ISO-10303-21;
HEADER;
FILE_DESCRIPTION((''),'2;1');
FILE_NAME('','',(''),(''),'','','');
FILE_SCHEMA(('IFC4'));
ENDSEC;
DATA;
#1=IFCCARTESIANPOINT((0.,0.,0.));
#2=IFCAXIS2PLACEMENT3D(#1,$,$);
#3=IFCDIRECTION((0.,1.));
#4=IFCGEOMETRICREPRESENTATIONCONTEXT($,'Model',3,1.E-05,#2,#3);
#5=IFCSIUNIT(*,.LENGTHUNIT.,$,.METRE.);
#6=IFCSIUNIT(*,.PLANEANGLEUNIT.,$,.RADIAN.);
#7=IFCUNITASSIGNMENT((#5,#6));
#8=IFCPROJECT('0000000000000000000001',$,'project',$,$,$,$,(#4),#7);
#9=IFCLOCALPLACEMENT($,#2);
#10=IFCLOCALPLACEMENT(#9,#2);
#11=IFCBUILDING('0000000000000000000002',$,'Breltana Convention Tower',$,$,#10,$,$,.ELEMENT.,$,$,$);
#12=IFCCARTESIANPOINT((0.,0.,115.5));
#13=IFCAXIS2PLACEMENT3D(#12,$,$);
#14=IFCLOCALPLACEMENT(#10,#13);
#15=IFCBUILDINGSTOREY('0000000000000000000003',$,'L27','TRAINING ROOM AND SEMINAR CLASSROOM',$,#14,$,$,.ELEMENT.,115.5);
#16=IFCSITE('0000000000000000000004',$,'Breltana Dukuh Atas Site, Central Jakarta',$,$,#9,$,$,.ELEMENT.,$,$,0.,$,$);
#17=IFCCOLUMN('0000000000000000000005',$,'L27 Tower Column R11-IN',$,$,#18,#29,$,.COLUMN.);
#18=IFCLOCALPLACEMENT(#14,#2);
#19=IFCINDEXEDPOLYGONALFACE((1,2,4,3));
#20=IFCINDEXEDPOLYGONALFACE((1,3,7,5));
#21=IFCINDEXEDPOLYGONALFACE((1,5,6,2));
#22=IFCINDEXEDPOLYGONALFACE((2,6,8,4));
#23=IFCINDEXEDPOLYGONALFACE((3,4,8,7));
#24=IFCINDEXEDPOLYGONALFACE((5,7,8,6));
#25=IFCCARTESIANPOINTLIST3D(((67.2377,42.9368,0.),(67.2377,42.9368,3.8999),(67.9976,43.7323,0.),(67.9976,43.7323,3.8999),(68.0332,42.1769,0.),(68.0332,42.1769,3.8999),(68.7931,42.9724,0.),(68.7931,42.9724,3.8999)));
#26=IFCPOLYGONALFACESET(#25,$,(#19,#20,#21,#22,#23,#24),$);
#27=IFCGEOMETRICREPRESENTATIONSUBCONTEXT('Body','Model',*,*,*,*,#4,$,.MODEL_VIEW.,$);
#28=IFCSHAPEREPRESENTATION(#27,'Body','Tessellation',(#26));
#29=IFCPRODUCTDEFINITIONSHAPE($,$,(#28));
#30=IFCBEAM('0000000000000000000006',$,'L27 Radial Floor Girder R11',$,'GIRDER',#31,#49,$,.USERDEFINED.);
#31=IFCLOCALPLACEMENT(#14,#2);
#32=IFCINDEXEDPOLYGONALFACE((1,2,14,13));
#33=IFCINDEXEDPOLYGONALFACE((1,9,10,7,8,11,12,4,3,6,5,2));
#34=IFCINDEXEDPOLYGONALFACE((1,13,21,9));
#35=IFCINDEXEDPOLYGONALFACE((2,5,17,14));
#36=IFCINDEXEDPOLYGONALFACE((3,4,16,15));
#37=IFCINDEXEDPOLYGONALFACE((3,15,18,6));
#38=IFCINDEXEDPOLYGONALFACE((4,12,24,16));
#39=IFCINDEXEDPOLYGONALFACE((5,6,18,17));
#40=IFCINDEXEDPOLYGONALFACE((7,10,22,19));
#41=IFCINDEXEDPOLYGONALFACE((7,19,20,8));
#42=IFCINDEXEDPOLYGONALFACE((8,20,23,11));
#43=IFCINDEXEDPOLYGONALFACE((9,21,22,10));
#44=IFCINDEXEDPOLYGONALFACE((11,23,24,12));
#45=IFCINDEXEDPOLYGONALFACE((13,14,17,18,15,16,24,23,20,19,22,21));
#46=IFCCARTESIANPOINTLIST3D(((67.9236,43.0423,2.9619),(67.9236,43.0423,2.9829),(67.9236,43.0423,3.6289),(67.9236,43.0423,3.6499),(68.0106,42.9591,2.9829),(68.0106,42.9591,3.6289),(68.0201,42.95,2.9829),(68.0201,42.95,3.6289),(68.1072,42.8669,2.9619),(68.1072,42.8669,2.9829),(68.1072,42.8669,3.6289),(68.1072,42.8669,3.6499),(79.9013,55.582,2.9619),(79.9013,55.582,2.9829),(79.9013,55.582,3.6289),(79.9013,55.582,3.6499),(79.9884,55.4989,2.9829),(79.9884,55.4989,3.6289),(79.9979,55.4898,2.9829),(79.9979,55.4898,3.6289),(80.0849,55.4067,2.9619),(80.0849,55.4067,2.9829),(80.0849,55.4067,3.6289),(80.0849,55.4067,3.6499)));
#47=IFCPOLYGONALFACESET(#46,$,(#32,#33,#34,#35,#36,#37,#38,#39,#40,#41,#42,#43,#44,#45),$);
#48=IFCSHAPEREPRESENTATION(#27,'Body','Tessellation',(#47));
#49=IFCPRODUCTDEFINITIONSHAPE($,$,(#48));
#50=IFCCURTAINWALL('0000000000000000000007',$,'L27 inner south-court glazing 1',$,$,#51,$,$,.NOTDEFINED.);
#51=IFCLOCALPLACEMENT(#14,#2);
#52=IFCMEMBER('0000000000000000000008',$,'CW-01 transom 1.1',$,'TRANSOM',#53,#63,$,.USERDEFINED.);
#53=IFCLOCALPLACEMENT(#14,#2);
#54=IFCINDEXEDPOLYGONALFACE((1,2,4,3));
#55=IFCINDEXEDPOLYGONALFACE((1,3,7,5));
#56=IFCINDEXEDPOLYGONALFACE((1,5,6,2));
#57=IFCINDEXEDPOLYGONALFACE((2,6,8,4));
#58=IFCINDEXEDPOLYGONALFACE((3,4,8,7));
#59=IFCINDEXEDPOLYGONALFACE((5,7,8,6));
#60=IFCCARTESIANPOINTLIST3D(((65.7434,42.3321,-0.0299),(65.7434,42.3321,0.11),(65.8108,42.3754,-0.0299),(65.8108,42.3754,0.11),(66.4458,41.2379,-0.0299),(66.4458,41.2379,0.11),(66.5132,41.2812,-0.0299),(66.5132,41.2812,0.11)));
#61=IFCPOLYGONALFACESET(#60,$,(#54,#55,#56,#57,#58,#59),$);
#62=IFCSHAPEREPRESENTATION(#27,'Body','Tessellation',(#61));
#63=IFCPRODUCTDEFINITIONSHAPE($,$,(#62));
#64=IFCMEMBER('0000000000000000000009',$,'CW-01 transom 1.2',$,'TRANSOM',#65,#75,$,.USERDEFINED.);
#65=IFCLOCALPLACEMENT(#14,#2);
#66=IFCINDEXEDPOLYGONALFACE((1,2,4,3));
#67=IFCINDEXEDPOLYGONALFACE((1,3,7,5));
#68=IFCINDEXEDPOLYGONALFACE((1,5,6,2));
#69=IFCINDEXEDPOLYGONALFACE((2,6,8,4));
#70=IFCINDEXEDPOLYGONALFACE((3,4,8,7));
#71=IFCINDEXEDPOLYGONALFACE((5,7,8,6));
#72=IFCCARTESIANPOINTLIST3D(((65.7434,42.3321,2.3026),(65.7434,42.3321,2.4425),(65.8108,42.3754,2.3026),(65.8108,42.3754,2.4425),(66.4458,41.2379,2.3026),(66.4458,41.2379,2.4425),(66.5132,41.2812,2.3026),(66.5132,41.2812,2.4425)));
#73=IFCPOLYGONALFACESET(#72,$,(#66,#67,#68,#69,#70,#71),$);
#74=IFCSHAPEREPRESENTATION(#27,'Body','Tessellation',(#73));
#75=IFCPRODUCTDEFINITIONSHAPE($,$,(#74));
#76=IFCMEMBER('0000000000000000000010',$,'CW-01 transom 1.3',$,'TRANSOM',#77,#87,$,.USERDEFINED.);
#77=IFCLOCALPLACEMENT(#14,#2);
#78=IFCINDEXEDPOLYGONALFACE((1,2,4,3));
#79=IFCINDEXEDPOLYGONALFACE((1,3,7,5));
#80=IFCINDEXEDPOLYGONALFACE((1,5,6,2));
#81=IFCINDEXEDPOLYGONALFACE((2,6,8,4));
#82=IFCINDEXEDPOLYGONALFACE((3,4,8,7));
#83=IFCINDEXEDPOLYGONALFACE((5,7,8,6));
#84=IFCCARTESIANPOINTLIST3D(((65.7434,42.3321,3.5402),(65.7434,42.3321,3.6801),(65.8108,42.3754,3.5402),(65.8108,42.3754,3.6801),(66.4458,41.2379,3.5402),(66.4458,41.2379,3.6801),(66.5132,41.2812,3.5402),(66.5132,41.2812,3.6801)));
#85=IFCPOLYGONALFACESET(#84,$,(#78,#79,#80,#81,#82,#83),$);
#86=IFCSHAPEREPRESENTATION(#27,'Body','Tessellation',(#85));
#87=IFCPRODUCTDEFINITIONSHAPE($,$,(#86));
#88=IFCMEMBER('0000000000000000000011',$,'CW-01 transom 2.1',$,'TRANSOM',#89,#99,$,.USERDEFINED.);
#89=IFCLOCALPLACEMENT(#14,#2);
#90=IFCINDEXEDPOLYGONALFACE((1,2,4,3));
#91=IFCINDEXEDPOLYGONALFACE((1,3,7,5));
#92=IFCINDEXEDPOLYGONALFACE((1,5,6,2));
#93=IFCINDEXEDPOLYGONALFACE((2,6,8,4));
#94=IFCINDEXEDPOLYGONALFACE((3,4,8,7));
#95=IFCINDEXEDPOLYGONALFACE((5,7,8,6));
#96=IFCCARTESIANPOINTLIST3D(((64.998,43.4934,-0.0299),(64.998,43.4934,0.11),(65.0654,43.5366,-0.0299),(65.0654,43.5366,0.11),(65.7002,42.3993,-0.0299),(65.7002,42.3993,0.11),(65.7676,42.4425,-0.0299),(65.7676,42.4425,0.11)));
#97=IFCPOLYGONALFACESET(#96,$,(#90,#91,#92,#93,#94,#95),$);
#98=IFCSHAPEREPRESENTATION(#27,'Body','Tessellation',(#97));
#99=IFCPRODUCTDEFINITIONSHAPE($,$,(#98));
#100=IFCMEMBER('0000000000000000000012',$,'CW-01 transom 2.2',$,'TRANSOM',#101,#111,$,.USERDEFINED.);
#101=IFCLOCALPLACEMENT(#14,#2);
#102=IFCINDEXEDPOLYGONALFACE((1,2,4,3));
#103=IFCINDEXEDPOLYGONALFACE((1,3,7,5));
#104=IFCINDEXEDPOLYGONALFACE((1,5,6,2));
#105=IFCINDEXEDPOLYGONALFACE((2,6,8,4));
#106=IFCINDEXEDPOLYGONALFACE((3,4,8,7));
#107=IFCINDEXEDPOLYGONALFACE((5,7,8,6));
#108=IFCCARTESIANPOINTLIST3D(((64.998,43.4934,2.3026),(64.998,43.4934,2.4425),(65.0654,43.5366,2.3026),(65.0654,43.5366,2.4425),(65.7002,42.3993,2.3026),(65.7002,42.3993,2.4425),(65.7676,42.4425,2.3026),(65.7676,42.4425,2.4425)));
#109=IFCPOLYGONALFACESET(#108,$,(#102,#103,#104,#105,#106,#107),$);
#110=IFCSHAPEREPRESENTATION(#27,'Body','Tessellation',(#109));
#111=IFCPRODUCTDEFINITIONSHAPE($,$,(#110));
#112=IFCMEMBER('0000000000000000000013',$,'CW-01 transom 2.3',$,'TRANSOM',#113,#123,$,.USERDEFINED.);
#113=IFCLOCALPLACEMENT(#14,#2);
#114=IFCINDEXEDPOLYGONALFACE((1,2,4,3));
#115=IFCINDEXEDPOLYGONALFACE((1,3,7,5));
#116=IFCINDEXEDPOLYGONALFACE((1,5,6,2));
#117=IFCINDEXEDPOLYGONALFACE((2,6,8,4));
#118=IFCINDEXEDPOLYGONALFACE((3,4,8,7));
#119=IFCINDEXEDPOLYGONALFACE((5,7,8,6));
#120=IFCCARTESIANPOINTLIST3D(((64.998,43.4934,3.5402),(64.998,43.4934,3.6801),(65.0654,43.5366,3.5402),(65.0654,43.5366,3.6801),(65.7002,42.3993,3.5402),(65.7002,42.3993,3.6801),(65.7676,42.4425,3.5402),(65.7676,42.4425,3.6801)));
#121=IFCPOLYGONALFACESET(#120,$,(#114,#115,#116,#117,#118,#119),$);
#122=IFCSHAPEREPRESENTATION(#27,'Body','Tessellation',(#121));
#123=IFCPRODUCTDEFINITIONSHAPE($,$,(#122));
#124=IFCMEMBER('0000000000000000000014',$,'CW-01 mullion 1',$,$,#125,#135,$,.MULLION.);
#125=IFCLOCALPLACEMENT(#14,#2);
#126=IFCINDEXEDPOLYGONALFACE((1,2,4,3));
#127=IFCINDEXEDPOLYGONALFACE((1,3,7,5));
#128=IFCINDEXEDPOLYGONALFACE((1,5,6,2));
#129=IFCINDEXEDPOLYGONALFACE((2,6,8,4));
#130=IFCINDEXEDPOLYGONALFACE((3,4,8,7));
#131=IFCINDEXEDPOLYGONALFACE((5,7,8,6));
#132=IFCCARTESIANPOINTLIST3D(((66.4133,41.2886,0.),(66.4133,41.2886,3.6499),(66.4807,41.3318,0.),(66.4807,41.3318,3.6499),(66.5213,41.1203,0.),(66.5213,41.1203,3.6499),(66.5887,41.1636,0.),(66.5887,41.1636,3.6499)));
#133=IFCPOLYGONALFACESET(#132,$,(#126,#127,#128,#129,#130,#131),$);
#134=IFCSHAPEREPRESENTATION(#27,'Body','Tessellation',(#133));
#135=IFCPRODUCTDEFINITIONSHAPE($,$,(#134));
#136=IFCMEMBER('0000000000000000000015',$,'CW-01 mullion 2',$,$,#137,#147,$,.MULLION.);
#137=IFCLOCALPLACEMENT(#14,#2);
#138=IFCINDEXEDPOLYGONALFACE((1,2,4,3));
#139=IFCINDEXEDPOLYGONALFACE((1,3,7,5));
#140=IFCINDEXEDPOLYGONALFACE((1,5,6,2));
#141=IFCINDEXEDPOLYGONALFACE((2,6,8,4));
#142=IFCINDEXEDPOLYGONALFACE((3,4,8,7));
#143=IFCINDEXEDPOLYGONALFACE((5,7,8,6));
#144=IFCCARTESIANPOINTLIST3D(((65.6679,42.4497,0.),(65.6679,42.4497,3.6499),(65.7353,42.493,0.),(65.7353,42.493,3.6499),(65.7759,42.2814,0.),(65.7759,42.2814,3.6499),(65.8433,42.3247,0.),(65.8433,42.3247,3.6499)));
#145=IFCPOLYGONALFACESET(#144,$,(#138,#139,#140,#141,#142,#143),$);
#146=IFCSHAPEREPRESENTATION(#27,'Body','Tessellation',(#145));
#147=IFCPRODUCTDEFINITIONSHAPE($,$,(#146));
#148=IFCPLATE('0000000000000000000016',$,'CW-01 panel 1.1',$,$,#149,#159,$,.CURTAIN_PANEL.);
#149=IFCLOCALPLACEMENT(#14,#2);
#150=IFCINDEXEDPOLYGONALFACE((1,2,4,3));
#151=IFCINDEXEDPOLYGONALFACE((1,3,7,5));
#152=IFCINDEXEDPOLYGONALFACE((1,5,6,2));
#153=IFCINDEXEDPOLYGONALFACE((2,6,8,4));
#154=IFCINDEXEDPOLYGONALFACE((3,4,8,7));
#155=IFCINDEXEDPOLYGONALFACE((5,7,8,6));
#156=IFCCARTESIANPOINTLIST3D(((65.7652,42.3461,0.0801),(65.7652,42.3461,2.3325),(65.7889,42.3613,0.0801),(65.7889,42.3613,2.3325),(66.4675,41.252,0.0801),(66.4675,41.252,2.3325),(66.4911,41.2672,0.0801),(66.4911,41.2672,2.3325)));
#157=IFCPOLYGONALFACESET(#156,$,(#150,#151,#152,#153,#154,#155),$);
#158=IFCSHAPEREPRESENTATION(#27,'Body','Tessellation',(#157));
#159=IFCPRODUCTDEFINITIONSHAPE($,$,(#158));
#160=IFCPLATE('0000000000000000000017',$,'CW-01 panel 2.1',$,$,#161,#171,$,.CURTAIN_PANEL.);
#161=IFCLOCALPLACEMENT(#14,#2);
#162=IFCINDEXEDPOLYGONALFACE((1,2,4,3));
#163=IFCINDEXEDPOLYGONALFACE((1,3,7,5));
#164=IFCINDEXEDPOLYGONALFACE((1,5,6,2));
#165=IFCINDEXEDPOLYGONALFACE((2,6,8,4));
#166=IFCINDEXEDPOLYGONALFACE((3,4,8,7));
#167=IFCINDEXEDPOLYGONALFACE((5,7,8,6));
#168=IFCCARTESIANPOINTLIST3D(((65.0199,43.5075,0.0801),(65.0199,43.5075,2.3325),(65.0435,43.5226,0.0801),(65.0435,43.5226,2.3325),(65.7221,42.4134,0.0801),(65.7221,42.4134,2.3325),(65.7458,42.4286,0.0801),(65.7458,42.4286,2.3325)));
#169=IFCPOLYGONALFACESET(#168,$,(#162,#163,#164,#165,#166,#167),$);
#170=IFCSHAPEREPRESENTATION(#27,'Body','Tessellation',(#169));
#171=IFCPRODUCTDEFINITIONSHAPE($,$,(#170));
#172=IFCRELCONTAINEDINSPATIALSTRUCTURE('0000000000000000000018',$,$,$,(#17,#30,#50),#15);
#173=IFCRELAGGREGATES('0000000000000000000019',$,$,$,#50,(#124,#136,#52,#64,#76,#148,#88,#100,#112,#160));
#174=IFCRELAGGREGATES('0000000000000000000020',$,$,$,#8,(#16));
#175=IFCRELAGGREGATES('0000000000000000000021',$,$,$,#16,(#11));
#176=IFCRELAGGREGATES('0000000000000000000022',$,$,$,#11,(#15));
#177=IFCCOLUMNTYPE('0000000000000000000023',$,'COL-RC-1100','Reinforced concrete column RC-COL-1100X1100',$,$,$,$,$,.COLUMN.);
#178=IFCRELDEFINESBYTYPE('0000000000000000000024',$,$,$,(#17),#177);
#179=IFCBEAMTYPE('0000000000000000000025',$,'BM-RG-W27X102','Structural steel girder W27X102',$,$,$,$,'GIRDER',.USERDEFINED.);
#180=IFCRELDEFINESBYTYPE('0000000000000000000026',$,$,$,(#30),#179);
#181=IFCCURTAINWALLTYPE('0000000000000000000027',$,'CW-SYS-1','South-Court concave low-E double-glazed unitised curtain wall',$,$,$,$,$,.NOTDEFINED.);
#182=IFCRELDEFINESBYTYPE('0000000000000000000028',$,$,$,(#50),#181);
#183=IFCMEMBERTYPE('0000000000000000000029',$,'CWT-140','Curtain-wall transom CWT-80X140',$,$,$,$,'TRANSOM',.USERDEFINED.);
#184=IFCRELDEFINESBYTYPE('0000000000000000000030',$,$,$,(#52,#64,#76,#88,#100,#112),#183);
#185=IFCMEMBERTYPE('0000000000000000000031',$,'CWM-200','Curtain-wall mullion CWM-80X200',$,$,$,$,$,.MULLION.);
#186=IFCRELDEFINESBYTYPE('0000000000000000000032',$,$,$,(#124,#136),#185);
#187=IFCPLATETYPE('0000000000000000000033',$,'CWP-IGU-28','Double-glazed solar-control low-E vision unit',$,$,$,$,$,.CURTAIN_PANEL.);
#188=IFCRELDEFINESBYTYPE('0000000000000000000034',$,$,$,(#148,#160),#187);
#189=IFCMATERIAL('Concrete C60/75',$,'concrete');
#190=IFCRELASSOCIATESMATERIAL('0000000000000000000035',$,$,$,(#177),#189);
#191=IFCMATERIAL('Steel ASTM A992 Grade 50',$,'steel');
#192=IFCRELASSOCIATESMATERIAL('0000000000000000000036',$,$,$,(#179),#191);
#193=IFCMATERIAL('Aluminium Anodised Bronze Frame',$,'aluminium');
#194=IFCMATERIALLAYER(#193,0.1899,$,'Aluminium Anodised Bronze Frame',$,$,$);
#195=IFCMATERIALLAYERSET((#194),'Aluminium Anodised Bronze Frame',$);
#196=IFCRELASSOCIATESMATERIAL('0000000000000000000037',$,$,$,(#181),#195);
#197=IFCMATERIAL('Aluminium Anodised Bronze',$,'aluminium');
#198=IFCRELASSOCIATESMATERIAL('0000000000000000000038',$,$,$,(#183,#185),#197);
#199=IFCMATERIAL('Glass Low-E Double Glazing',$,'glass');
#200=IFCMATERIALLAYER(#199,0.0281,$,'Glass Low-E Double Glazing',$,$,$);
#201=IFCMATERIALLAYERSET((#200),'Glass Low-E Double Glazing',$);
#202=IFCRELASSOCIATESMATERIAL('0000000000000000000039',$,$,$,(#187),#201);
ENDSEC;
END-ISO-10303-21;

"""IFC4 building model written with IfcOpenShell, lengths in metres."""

from ifc_helpers import new_model, si_unit, direction, frame, origin, origin_2d, place, context, subcontext, project, spatial, rectangle, i_section, extrude, source, transform, mapped, material, layer, layer_set, material_profile, profile_set, type_object, type_shapes, element, aggregate, save


model = new_model("IFC4")

# Units and contexts
model_context = context("Model", 3, precision=1e-05, world=origin(), true_north=direction((0.0, 1.0)))
body_context = subcontext(model_context, "Body", "Model", "MODEL_VIEW")
ifc_project = project(units=[si_unit("LENGTHUNIT", "METRE"), si_unit("PLANEANGLEUNIT", "RADIAN")], contexts=[model_context])

# Site, building, storey
site_placement = place(None, origin())
site = spatial("IfcSite", under=ifc_project, at=site_placement, Name="Breltana Dukuh Atas Site, Central Jakarta", CompositionType="ELEMENT", RefElevation=0.0)
building_placement = place(site_placement, origin())
building = spatial("IfcBuilding", under=site, at=building_placement, Name="Breltana Convention Tower", CompositionType="ELEMENT")
storey_placement = place(building_placement, frame((0.0, 0.0, 115.5)))
storey = spatial("IfcBuildingStorey", under=building, at=storey_placement, Name="L27", Description="TRAINING ROOM AND SEMINAR CLASSROOM", CompositionType="ELEMENT", Elevation=115.5)

# Column
ifc_material_1 = material(Name="Concrete C60/75", Category="concrete")
ifc_material_profile_1 = material_profile(ifc_material_1, rectangle(XDim=1.1001, YDim=1.1001, at=origin_2d()), Name="RC-COL-1100X1100")
ifc_profile_set_1 = profile_set([ifc_material_profile_1], Name="Concrete C60/75")
column_type = type_object("IfcColumnType", Name="COL-RC-1100", Description="Reinforced concrete column RC-COL-1100X1100", PredefinedType="COLUMN", material=ifc_profile_set_1)
shared_shape_1 = source(origin(), body_context, "Body", "SweptSolid", [
    extrude(rectangle(XDim=1.1001, YDim=1.1001, at=origin_2d()), origin(), (0.0, 0.0, 1.0), 3.8999),
])
column_placement = place(storey_placement, frame((68.0154, 42.9546, 0.0), z_axis=(0.0, 0.0, 1.0), x_axis=(0.690756, 0.723088, 0.0)))
element("IfcColumn", 1, at=column_placement, inside=storey, type_object=column_type, Name="L27 Tower Column R11-IN", PredefinedType="COLUMN", context=body_context, shape_type="MappedRepresentation", body=[
    mapped(shared_shape_1, transform((0.0, 0.0, 0.0), scale=1.0)),
])

# Beam
ifc_material_2 = material(Name="Steel ASTM A992 Grade 50", Category="steel")
ifc_material_profile_2 = material_profile(ifc_material_2, i_section(OverallWidth=0.2539, OverallDepth=0.688, WebThickness=0.0132, FlangeThickness=0.021, at=origin_2d()), Name="W27X102")
ifc_profile_set_2 = profile_set([ifc_material_profile_2], Name="Steel ASTM A992 Grade 50")
beam_type = type_object("IfcBeamType", Name="BM-RG-W27X102", Description="Structural steel girder W27X102", ElementType="GIRDER", PredefinedType="USERDEFINED", material=ifc_profile_set_2)
shared_shape_2 = source(origin(), body_context, "Body", "SweptSolid", [
    extrude(i_section(OverallWidth=0.2539, OverallDepth=0.688, WebThickness=0.0132, FlangeThickness=0.021, at=origin_2d()), origin(), (0.0, 0.0, 1.0), 17.3411),
])
type_shapes(beam_type, [shared_shape_2])
beam_placement = place(storey_placement, frame((68.0154, 42.9546, 3.3059), z_axis=(0.690716, 0.723126, 0.0), x_axis=(-0.723126, 0.690716, 0.0)))
element("IfcBeam", 2, at=beam_placement, inside=storey, type_object=beam_type, Name="L27 Radial Floor Girder R11", ObjectType="GIRDER", PredefinedType="USERDEFINED", context=body_context, shape_type="MappedRepresentation", body=[
    mapped(shared_shape_2, transform((0.0, 0.0, 0.0), scale=1.0)),
])

# Curtain wall, members, plates
ifc_material_3 = material(Name="Aluminium Anodised Bronze Frame", Category="aluminium")
ifc_layer_1 = layer(ifc_material_3, 0.1899, Name="Aluminium Anodised Bronze Frame")
ifc_layer_set_1 = layer_set([ifc_layer_1], Name="Aluminium Anodised Bronze Frame")
curtain_wall_type = type_object("IfcCurtainWallType", Name="CW-SYS-1", Description="South-Court concave low-E double-glazed unitised curtain wall", PredefinedType="NOTDEFINED", material=ifc_layer_set_1)
curtain_wall_placement = place(storey_placement, origin())
curtain_wall = element("IfcCurtainWall", 3, at=curtain_wall_placement, inside=storey, type_object=curtain_wall_type, Name="L27 inner south-court glazing 1", PredefinedType="NOTDEFINED")
ifc_material_4 = material(Name="Aluminium Anodised Bronze", Category="aluminium")
ifc_material_profile_3 = material_profile(ifc_material_4, rectangle(XDim=0.0801, YDim=0.1399, at=origin_2d()), Name="CWT-80X140")
ifc_profile_set_3 = profile_set([ifc_material_profile_3], Name="Aluminium Anodised Bronze")
member_type_1 = type_object("IfcMemberType", Name="CWT-140", Description="Curtain-wall transom CWT-80X140", ElementType="TRANSOM", PredefinedType="USERDEFINED", material=ifc_profile_set_3)
shared_shape_3 = source(origin(), body_context, "Body", "SweptSolid", [
    extrude(rectangle(XDim=0.0801, YDim=0.1399, at=origin_2d()), origin(), (0.0, 0.0, 1.0), 1.3003),
])
member_1_placement = place(storey_placement, frame((66.4795, 41.2595, 0.04), z_axis=(-0.540188, 0.841544, 0.0), x_axis=(-0.841544, -0.540188, 0.0)))
member_1 = element("IfcMember", 4, at=member_1_placement, type_object=member_type_1, Name="CW-01 transom 1.1", ObjectType="TRANSOM", PredefinedType="USERDEFINED", context=body_context, shape_type="MappedRepresentation", body=[
    mapped(shared_shape_3, transform((0.0, 0.0, 0.0), scale=1.0)),
])
member_2_placement = place(storey_placement, frame((66.4795, 41.2595, 2.3726), z_axis=(-0.540188, 0.841544, 0.0), x_axis=(-0.841544, -0.540188, 0.0)))
member_2 = element("IfcMember", 5, at=member_2_placement, type_object=member_type_1, Name="CW-01 transom 1.2", ObjectType="TRANSOM", PredefinedType="USERDEFINED", context=body_context, shape_type="MappedRepresentation", body=[
    mapped(shared_shape_3, transform((0.0, 0.0, 0.0), scale=1.0)),
])
member_3_placement = place(storey_placement, frame((66.4795, 41.2595, 3.6101), z_axis=(-0.540188, 0.841544, 0.0), x_axis=(-0.841544, -0.540188, 0.0)))
member_3 = element("IfcMember", 6, at=member_3_placement, type_object=member_type_1, Name="CW-01 transom 1.3", ObjectType="TRANSOM", PredefinedType="USERDEFINED", context=body_context, shape_type="MappedRepresentation", body=[
    mapped(shared_shape_3, transform((0.0, 0.0, 0.0), scale=1.0)),
])
shared_shape_4 = source(origin(), body_context, "Body", "SweptSolid", [
    extrude(rectangle(XDim=0.0801, YDim=0.1399, at=origin_2d()), origin(), (0.0, 0.0, 1.0), 1.3),
])
member_4_placement = place(storey_placement, frame((65.7339, 42.4209, 0.04), z_axis=(-0.54014, 0.841575, 0.0), x_axis=(-0.841575, -0.54014, 0.0)))
member_4 = element("IfcMember", 7, at=member_4_placement, type_object=member_type_1, Name="CW-01 transom 2.1", ObjectType="TRANSOM", PredefinedType="USERDEFINED", context=body_context, shape_type="MappedRepresentation", body=[
    mapped(shared_shape_4, transform((0.0, 0.0, 0.0), scale=1.0)),
])
member_5_placement = place(storey_placement, frame((65.7339, 42.4209, 2.3726), z_axis=(-0.54014, 0.841575, 0.0), x_axis=(-0.841575, -0.54014, 0.0)))
member_5 = element("IfcMember", 8, at=member_5_placement, type_object=member_type_1, Name="CW-01 transom 2.2", ObjectType="TRANSOM", PredefinedType="USERDEFINED", context=body_context, shape_type="MappedRepresentation", body=[
    mapped(shared_shape_4, transform((0.0, 0.0, 0.0), scale=1.0)),
])
member_6_placement = place(storey_placement, frame((65.7339, 42.4209, 3.6101), z_axis=(-0.54014, 0.841575, 0.0), x_axis=(-0.841575, -0.54014, 0.0)))
member_6 = element("IfcMember", 9, at=member_6_placement, type_object=member_type_1, Name="CW-01 transom 2.3", ObjectType="TRANSOM", PredefinedType="USERDEFINED", context=body_context, shape_type="MappedRepresentation", body=[
    mapped(shared_shape_4, transform((0.0, 0.0, 0.0), scale=1.0)),
])
ifc_material_profile_4 = material_profile(ifc_material_4, rectangle(XDim=0.0801, YDim=0.2, at=origin_2d()), Name="CWM-80X200")
ifc_profile_set_4 = profile_set([ifc_material_profile_4], Name="Aluminium Anodised Bronze")
member_type_2 = type_object("IfcMemberType", Name="CWM-200", Description="Curtain-wall mullion CWM-80X200", PredefinedType="MULLION", material=ifc_profile_set_4)
shared_shape_5 = source(origin(), body_context, "Body", "SweptSolid", [
    extrude(rectangle(XDim=0.0801, YDim=0.2, at=origin_2d()), origin(), (0.0, 0.0, 1.0), 3.6499),
])
member_7_placement = place(storey_placement, frame((66.501, 41.2261, 0.0), z_axis=(0.0, 0.0, 1.0), x_axis=(-0.841551, -0.540177, 0.0)))
member_7 = element("IfcMember", 10, at=member_7_placement, type_object=member_type_2, Name="CW-01 mullion 1", PredefinedType="MULLION", context=body_context, shape_type="MappedRepresentation", body=[
    mapped(shared_shape_5, transform((0.0, 0.0, 0.0), scale=1.0)),
])
member_8_placement = place(storey_placement, frame((65.7556, 42.3872, 0.0), z_axis=(0.0, 0.0, 1.0), x_axis=(-0.841551, -0.540177, 0.0)))
member_8 = element("IfcMember", 11, at=member_8_placement, type_object=member_type_2, Name="CW-01 mullion 2", PredefinedType="MULLION", context=body_context, shape_type="MappedRepresentation", body=[
    mapped(shared_shape_5, transform((0.0, 0.0, 0.0), scale=1.0)),
])
ifc_material_5 = material(Name="Glass Low-E Double Glazing", Category="glass")
ifc_layer_2 = layer(ifc_material_5, 0.0281, Name="Glass Low-E Double Glazing")
ifc_layer_set_2 = layer_set([ifc_layer_2], Name="Glass Low-E Double Glazing")
plate_type = type_object("IfcPlateType", Name="CWP-IGU-28", Description="Double-glazed solar-control low-E vision unit", PredefinedType="CURTAIN_PANEL", material=ifc_layer_set_2)
shared_shape_6 = source(origin(), body_context, "Body", "SweptSolid", [
    extrude(rectangle(XDim=1.3, YDim=0.0281, at=origin_2d()), origin(), (0.0, 0.0, 1.0), 2.2524),
])
plate_1_placement = place(storey_placement, frame((66.1282, 41.8066, 0.0801), z_axis=(0.0, 0.0, 1.0), x_axis=(-0.540177, 0.841551, 0.0)))
plate_1 = element("IfcPlate", 12, at=plate_1_placement, type_object=plate_type, Name="CW-01 panel 1.1", PredefinedType="CURTAIN_PANEL", context=body_context, shape_type="MappedRepresentation", body=[
    mapped(shared_shape_6, transform((0.0, 0.0, 0.0), scale=1.0)),
])
plate_2_placement = place(storey_placement, frame((65.3828, 42.968, 0.0801), z_axis=(0.0, 0.0, 1.0), x_axis=(-0.540177, 0.841551, 0.0)))
plate_2 = element("IfcPlate", 13, at=plate_2_placement, type_object=plate_type, Name="CW-01 panel 2.1", PredefinedType="CURTAIN_PANEL", context=body_context, shape_type="MappedRepresentation", body=[
    mapped(shared_shape_6, transform((0.0, 0.0, 0.0), scale=1.0)),
])
aggregate(curtain_wall, [member_7, member_8, member_1, member_2, member_3, plate_1, member_4, member_5, member_6, plate_2])

save(model, "model.ifc")
